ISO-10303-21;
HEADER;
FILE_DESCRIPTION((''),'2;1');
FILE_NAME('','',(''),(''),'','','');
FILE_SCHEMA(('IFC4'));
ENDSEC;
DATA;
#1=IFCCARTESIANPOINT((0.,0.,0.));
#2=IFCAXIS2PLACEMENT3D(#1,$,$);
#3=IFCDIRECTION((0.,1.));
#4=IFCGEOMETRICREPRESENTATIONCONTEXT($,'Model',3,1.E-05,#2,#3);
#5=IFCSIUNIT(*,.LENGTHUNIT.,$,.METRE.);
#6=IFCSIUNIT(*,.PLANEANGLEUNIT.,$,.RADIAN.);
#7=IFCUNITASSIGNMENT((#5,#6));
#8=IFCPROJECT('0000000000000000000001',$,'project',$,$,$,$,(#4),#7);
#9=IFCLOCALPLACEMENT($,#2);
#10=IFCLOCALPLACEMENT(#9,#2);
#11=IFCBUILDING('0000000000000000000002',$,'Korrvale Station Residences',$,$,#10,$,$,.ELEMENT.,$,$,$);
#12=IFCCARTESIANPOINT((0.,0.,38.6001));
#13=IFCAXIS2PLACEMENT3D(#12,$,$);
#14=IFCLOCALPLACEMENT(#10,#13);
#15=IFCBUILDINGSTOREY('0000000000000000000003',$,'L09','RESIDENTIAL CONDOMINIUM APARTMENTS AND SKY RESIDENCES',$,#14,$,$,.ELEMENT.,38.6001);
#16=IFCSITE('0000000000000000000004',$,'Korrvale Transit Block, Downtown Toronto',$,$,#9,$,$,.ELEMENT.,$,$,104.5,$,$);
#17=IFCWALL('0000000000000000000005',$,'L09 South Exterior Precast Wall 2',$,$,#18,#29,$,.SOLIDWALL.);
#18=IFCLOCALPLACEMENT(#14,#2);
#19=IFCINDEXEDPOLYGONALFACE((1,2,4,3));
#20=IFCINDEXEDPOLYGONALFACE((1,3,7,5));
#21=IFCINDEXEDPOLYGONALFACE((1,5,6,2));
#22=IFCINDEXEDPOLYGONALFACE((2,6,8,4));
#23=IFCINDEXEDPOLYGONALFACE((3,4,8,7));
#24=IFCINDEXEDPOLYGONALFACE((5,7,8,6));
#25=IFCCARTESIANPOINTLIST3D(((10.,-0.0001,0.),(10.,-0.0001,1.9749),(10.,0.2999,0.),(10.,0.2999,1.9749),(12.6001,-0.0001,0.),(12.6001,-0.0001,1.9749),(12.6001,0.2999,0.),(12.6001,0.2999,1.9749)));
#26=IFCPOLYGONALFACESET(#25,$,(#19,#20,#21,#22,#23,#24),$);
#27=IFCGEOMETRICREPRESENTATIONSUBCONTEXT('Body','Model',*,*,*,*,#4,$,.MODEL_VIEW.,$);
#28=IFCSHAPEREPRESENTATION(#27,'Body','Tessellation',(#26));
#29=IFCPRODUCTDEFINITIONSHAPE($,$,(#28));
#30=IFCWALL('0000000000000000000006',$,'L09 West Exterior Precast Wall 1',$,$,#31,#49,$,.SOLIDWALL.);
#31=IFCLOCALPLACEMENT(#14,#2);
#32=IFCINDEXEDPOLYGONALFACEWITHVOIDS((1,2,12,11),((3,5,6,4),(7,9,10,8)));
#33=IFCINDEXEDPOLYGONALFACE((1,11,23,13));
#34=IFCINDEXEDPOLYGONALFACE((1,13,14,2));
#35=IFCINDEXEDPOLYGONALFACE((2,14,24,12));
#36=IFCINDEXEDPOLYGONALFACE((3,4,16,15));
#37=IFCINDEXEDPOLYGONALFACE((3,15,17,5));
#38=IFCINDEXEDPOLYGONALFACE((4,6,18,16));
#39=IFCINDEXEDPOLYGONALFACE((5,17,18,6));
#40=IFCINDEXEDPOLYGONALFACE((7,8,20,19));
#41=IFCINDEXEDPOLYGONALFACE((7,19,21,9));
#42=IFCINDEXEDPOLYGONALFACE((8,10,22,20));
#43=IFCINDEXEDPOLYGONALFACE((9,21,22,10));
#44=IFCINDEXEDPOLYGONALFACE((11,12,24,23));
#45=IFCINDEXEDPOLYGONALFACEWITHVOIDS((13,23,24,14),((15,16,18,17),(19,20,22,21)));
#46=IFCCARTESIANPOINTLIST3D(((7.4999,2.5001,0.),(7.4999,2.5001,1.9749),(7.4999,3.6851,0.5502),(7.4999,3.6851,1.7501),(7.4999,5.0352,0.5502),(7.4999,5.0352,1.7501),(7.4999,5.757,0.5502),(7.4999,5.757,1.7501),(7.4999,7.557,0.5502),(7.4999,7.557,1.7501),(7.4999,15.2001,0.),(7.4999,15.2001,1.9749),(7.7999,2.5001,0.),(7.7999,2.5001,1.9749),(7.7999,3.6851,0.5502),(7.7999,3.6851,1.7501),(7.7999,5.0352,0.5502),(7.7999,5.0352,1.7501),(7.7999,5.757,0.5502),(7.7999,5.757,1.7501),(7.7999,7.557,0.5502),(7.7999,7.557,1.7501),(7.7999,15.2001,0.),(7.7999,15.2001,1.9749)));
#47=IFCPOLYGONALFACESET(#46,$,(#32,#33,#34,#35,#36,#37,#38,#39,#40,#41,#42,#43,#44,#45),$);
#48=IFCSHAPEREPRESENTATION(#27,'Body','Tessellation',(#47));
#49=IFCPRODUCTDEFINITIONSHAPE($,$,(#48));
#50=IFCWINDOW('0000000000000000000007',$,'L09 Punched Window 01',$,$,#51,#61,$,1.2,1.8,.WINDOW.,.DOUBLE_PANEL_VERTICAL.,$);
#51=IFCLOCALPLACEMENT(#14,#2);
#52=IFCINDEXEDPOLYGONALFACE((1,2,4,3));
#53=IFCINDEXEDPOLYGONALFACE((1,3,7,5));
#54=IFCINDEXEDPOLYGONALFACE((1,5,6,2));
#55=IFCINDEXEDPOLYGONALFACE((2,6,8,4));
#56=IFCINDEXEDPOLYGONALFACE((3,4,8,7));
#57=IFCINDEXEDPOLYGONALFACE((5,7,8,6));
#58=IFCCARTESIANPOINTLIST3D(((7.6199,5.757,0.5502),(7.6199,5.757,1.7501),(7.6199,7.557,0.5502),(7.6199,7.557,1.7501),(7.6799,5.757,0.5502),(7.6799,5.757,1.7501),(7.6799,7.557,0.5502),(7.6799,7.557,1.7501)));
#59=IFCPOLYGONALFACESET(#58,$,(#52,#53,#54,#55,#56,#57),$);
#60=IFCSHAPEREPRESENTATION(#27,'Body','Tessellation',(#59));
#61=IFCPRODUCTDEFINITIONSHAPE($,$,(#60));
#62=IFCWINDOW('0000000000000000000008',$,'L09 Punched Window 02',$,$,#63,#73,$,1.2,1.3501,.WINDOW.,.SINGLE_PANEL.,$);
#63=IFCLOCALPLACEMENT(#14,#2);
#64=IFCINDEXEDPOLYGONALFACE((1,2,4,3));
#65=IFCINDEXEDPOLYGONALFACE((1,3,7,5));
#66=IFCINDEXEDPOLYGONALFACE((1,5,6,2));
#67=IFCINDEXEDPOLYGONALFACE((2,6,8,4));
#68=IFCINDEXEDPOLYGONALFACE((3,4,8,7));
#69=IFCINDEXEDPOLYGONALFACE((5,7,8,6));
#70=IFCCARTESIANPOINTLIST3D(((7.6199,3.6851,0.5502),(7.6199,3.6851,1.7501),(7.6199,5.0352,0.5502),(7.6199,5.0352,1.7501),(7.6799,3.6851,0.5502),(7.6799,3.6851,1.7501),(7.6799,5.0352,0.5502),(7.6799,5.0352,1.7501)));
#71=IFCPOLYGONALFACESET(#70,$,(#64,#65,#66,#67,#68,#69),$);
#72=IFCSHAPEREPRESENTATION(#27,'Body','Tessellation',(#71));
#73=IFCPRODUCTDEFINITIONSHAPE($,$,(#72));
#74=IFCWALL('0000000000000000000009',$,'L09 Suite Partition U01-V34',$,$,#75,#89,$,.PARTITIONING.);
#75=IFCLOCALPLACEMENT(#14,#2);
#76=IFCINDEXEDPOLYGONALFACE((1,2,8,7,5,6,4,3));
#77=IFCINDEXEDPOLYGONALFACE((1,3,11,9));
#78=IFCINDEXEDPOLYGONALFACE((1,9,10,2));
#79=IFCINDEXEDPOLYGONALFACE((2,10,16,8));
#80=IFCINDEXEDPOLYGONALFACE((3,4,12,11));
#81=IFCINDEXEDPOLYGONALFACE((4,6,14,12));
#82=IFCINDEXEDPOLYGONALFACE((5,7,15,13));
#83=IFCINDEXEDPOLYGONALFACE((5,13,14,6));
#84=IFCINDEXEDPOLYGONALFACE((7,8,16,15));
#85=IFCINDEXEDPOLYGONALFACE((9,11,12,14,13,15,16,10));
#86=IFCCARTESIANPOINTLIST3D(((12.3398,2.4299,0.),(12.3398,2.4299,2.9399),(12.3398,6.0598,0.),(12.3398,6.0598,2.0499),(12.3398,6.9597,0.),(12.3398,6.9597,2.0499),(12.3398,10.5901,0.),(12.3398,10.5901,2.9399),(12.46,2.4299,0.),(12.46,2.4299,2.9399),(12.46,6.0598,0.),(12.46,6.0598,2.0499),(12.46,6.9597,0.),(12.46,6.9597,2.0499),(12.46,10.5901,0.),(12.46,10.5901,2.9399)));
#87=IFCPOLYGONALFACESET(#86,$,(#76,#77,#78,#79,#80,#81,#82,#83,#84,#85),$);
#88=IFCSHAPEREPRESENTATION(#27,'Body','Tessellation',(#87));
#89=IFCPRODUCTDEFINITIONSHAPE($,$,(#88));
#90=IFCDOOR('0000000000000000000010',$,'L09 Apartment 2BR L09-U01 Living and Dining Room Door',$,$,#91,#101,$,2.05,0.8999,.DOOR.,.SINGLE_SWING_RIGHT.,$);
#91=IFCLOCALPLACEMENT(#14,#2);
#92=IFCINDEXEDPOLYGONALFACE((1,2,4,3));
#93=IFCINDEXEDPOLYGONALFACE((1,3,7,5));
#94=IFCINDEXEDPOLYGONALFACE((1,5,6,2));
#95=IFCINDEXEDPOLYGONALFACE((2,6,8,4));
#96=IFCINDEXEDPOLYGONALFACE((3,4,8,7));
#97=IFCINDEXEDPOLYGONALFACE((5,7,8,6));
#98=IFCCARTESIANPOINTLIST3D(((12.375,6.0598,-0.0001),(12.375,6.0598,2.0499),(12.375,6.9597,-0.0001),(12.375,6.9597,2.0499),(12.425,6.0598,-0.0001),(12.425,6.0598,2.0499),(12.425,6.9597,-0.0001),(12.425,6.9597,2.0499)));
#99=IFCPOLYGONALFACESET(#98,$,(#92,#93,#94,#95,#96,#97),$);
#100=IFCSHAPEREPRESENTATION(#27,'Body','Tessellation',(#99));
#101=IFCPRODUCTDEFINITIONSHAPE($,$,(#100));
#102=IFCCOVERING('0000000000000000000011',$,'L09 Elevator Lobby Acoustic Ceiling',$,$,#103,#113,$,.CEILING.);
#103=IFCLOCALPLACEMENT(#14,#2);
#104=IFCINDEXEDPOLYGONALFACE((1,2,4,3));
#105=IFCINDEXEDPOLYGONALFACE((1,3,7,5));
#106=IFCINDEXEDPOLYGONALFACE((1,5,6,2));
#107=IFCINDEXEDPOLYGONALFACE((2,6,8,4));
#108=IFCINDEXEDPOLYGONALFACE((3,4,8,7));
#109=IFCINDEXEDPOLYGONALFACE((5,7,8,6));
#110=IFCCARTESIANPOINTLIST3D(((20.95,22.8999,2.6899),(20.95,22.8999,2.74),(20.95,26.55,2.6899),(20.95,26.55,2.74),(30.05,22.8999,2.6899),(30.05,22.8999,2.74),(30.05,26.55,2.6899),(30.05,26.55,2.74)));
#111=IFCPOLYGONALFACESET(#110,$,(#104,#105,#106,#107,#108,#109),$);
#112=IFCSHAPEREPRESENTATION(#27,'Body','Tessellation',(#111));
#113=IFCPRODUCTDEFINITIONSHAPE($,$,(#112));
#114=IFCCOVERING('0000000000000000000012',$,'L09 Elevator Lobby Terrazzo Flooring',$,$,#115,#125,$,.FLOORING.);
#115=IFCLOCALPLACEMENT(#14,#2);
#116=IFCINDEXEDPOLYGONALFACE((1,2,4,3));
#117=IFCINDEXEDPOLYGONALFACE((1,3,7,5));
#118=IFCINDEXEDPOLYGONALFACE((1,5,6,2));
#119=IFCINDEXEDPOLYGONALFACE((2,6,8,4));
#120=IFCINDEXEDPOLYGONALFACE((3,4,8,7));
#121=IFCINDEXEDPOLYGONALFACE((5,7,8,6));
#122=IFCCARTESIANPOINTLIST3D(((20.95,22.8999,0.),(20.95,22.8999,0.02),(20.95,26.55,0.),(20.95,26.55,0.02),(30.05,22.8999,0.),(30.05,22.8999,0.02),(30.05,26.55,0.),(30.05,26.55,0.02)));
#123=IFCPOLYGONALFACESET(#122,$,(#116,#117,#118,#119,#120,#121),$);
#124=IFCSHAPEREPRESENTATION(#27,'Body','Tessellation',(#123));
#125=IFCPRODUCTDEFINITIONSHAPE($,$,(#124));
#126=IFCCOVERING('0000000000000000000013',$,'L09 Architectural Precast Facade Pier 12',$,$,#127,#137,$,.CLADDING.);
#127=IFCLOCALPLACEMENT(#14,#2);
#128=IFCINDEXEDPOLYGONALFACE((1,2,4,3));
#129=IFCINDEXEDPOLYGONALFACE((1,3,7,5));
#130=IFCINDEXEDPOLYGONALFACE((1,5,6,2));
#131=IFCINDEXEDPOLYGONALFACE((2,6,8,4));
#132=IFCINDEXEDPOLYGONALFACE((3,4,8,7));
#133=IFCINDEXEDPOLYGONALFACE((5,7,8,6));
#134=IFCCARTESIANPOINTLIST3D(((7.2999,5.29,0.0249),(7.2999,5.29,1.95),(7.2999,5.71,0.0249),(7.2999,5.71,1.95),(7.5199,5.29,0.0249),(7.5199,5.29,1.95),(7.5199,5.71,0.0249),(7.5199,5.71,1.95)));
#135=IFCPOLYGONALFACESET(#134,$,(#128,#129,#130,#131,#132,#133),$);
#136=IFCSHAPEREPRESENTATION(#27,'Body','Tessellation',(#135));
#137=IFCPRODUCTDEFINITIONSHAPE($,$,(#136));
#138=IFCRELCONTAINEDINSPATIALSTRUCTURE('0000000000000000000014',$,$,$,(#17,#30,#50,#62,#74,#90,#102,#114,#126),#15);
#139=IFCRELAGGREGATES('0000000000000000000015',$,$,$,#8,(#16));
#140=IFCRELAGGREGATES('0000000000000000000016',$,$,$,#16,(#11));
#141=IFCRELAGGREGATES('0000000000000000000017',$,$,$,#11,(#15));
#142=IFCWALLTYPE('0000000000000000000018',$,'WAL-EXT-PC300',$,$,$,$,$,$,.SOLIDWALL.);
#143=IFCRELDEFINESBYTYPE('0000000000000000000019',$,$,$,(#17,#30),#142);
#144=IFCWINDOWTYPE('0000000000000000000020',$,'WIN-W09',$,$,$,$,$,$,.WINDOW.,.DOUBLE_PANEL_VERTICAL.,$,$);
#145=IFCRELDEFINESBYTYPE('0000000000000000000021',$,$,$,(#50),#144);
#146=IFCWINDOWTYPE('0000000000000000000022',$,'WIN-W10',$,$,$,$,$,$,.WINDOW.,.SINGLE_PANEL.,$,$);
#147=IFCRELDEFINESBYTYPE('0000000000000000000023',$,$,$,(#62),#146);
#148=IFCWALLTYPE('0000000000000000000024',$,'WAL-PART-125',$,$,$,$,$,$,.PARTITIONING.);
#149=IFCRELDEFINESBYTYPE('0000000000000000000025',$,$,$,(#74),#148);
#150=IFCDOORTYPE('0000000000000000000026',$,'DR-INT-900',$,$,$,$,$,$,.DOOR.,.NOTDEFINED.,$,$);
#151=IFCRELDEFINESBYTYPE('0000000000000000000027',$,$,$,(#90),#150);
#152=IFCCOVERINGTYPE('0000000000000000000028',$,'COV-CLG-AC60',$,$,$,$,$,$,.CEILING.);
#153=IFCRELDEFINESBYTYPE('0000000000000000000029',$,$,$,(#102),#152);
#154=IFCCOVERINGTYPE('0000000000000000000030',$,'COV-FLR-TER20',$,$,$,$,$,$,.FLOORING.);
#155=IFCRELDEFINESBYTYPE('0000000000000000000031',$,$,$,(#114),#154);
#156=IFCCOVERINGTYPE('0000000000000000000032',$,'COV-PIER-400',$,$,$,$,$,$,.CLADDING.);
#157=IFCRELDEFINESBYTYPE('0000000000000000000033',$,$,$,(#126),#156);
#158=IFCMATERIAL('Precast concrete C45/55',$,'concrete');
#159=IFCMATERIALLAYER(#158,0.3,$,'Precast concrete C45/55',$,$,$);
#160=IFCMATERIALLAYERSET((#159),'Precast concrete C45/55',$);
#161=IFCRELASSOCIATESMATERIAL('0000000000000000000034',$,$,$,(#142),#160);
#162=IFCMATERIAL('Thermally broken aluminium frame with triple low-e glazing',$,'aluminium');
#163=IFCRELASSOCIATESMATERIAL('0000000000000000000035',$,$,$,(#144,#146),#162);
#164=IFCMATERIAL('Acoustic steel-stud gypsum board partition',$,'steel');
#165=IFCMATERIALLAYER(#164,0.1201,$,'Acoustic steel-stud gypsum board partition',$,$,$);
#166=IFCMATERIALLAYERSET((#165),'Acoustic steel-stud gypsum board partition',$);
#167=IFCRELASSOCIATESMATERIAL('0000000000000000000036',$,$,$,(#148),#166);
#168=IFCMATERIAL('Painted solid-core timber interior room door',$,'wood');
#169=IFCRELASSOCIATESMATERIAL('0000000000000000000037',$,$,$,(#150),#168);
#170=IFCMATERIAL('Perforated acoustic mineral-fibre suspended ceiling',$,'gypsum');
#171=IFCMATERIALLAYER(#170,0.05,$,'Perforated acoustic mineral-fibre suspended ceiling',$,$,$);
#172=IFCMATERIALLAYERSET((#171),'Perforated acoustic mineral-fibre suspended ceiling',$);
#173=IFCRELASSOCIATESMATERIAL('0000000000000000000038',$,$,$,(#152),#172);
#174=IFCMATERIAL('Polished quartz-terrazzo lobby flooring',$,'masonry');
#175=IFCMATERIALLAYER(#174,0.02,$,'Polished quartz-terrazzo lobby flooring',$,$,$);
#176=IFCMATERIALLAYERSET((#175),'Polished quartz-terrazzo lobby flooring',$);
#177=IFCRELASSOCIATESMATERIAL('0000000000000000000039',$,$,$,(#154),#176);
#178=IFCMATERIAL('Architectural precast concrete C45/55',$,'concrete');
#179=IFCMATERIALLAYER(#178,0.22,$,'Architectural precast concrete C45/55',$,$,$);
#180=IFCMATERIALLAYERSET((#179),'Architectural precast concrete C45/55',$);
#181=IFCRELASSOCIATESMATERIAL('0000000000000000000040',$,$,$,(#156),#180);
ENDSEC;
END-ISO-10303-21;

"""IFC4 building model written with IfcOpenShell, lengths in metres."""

from ifc_helpers import new_model, si_unit, direction, frame, frame_2d, origin, origin_2d, place, context, subcontext, project, spatial, polyline, rectangle, outline, extrude, material, layer, layer_set, type_object, element, fill, save


model = new_model("IFC4")

# Units and contexts
model_context = context("Model", 3, precision=1e-05, world=origin(), true_north=direction((0.0, 1.0)))
body_context = subcontext(model_context, "Body", "Model", "MODEL_VIEW")
ifc_project = project(units=[si_unit("LENGTHUNIT", "METRE"), si_unit("PLANEANGLEUNIT", "RADIAN")], contexts=[model_context])

# Site, building, storey
site_placement = place(None, origin())
site = spatial("IfcSite", under=ifc_project, at=site_placement, Name="Korrvale Transit Block, Downtown Toronto", CompositionType="ELEMENT", RefElevation=104.5)
building_placement = place(site_placement, origin())
building = spatial("IfcBuilding", under=site, at=building_placement, Name="Korrvale Station Residences", CompositionType="ELEMENT")
storey_placement = place(building_placement, frame((0.0, 0.0, 38.6001)))
storey = spatial("IfcBuildingStorey", under=building, at=storey_placement, Name="L09", Description="RESIDENTIAL CONDOMINIUM APARTMENTS AND SKY RESIDENCES", CompositionType="ELEMENT", Elevation=38.6001)

# Wall
ifc_material_1 = material(Name="Precast concrete C45/55", Category="concrete")
ifc_layer_1 = layer(ifc_material_1, 0.3, Name="Precast concrete C45/55")
ifc_layer_set_1 = layer_set([ifc_layer_1], Name="Precast concrete C45/55")
wall_type_1 = type_object("IfcWallType", Name="WAL-EXT-PC300", PredefinedType="SOLIDWALL", material=ifc_layer_set_1)
wall_1_placement = place(storey_placement, frame((12.6001, 0.1499, 0.0), z_axis=(0.0, 0.0, 1.0), x_axis=(-1.0, 0.0, 0.0)))
element("IfcWall", 1, at=wall_1_placement, inside=storey, type_object=wall_type_1, Name="L09 South Exterior Precast Wall 2", PredefinedType="SOLIDWALL", context=body_context, shape_type="SweptSolid", body=[
    extrude(rectangle(XDim=2.6001, YDim=0.3, at=frame_2d((1.3, 0.0))), origin(), (0.0, 0.0, 1.0), 1.9749),
])

# Wall, openings, windows
wall_2_placement = place(storey_placement, frame((7.6499, 2.5, 0.0), z_axis=(0.0, 0.0, 1.0), x_axis=(0.0, 1.0, 0.0)))
wall_2 = element("IfcWall", 2, at=wall_2_placement, inside=storey, type_object=wall_type_1, Name="L09 West Exterior Precast Wall 1", PredefinedType="SOLIDWALL", context=body_context, shape_type="SweptSolid", body=[
    extrude(rectangle(XDim=12.7, YDim=0.3, at=frame_2d((6.3501, 0.0))), origin(), (0.0, 0.0, 1.0), 1.9749),
])
opening_1_placement = place(wall_2_placement, frame((3.2571, 0.0, 0.55)))
opening_1 = element("IfcOpeningElement", 3, at=opening_1_placement, cuts=wall_2, PredefinedType="OPENING", context=body_context, shape_type="SweptSolid", body=[
    extrude(rectangle(XDim=1.8, YDim=1.2, at=frame_2d((0.8999, 0.6001))), frame((0.0, 0.1602, 0.0), z_axis=(0.0, -1.0, 0.0), x_axis=(1.0, 0.0, 0.0)), (0.0, 0.0, 1.0), 0.3201),
])
opening_2_placement = place(wall_2_placement, frame((1.1851, 0.0, 0.55)))
opening_2 = element("IfcOpeningElement", 4, at=opening_2_placement, cuts=wall_2, PredefinedType="OPENING", context=body_context, shape_type="SweptSolid", body=[
    extrude(rectangle(XDim=1.3501, YDim=1.2, at=frame_2d((0.675, 0.6001))), frame((0.0, 0.1602, 0.0), z_axis=(0.0, -1.0, 0.0), x_axis=(1.0, 0.0, 0.0)), (0.0, 0.0, 1.0), 0.3201),
])
ifc_material_2 = material(Name="Thermally broken aluminium frame with triple low-e glazing", Category="aluminium")
window_type_1 = type_object("IfcWindowType", Name="WIN-W09", PartitioningType="DOUBLE_PANEL_VERTICAL", PredefinedType="WINDOW", material=ifc_material_2)
window_1_placement = place(opening_1_placement, origin())
window_1 = element("IfcWindow", 5, at=window_1_placement, inside=storey, type_object=window_type_1, Name="L09 Punched Window 01", OverallHeight=1.2, OverallWidth=1.8, PartitioningType="DOUBLE_PANEL_VERTICAL", PredefinedType="WINDOW", context=body_context, shape_type="SweptSolid", body=[
    extrude(rectangle(XDim=1.8, YDim=1.2, at=frame_2d((0.8999, 0.6001))), frame((0.0, 0.03, 0.0), z_axis=(0.0, -1.0, 0.0), x_axis=(1.0, 0.0, 0.0)), (0.0, 0.0, 1.0), 0.0601),
])
fill(opening_1, window_1)
window_type_2 = type_object("IfcWindowType", Name="WIN-W10", PartitioningType="SINGLE_PANEL", PredefinedType="WINDOW", material=ifc_material_2)
window_2_placement = place(opening_2_placement, origin())
window_2 = element("IfcWindow", 6, at=window_2_placement, inside=storey, type_object=window_type_2, Name="L09 Punched Window 02", OverallHeight=1.2, OverallWidth=1.3501, PartitioningType="SINGLE_PANEL", PredefinedType="WINDOW", context=body_context, shape_type="SweptSolid", body=[
    extrude(rectangle(XDim=1.3501, YDim=1.2, at=frame_2d((0.675, 0.6001))), frame((0.0, 0.03, 0.0), z_axis=(0.0, -1.0, 0.0), x_axis=(1.0, 0.0, 0.0)), (0.0, 0.0, 1.0), 0.0601),
])
fill(opening_2, window_2)

# Wall, opening, door
ifc_material_3 = material(Name="Acoustic steel-stud gypsum board partition", Category="steel")
ifc_layer_2 = layer(ifc_material_3, 0.1201, Name="Acoustic steel-stud gypsum board partition")
ifc_layer_set_2 = layer_set([ifc_layer_2], Name="Acoustic steel-stud gypsum board partition")
wall_type_2 = type_object("IfcWallType", Name="WAL-PART-125", PredefinedType="PARTITIONING", material=ifc_layer_set_2)
wall_3_placement = place(storey_placement, frame((12.3999, 2.4299, 0.0), z_axis=(0.0, 0.0, 1.0), x_axis=(0.0, 1.0, 0.0)))
wall_3 = element("IfcWall", 7, at=wall_3_placement, inside=storey, type_object=wall_type_2, Name="L09 Suite Partition U01-V34", PredefinedType="PARTITIONING", context=body_context, shape_type="SweptSolid", body=[
    extrude(rectangle(XDim=8.1602, YDim=0.1201, at=frame_2d((4.0801, 0.0))), origin(), (0.0, 0.0, 1.0), 2.9399),
])
opening_3_placement = place(wall_3_placement, frame((3.6299, 0.0, 0.0)))
opening_3 = element("IfcOpeningElement", 8, at=opening_3_placement, cuts=wall_3, PredefinedType="OPENING", context=body_context, shape_type="SweptSolid", body=[
    extrude(rectangle(XDim=0.8999, YDim=2.05, at=frame_2d((0.45, 1.0249))), frame((0.0, 0.0701, 0.0), z_axis=(0.0, -1.0, 0.0), x_axis=(1.0, 0.0, 0.0)), (0.0, 0.0, 1.0), 0.1401),
])
ifc_material_4 = material(Name="Painted solid-core timber interior room door", Category="wood")
door_type = type_object("IfcDoorType", Name="DR-INT-900", OperationType="NOTDEFINED", PredefinedType="DOOR", material=ifc_material_4)
door_placement = place(opening_3_placement, origin())
door = element("IfcDoor", 9, at=door_placement, inside=storey, type_object=door_type, Name="L09 Apartment 2BR L09-U01 Living and Dining Room Door", OperationType="SINGLE_SWING_RIGHT", OverallHeight=2.05, OverallWidth=0.8999, PredefinedType="DOOR", context=body_context, shape_type="SweptSolid", body=[
    extrude(rectangle(XDim=0.8999, YDim=2.05, at=frame_2d((0.45, 1.0249))), frame((0.0, 0.0249, 0.0), z_axis=(0.0, -1.0, 0.0), x_axis=(1.0, 0.0, 0.0)), (0.0, 0.0, 1.0), 0.05),
])
fill(opening_3, door)

# Coverings
ifc_material_5 = material(Name="Perforated acoustic mineral-fibre suspended ceiling", Category="gypsum")
ifc_layer_3 = layer(ifc_material_5, 0.05, Name="Perforated acoustic mineral-fibre suspended ceiling")
ifc_layer_set_3 = layer_set([ifc_layer_3], Name="Perforated acoustic mineral-fibre suspended ceiling")
covering_type_1 = type_object("IfcCoveringType", Name="COV-CLG-AC60", PredefinedType="CEILING", material=ifc_layer_set_3)
covering_1_placement = place(storey_placement, frame((0.0, 0.0, 2.6899)))
element("IfcCovering", 10, at=covering_1_placement, inside=storey, type_object=covering_type_1, Name="L09 Elevator Lobby Acoustic Ceiling", PredefinedType="CEILING", context=body_context, shape_type="SweptSolid", body=[
    extrude(outline(polyline([(20.95, 22.8999), (30.05, 22.8999), (30.05, 26.55), (20.95, 26.55), (20.95, 22.8999)])), origin(), (0.0, 0.0, 1.0), 0.05),
])
ifc_material_6 = material(Name="Polished quartz-terrazzo lobby flooring", Category="masonry")
ifc_layer_4 = layer(ifc_material_6, 0.02, Name="Polished quartz-terrazzo lobby flooring")
ifc_layer_set_4 = layer_set([ifc_layer_4], Name="Polished quartz-terrazzo lobby flooring")
covering_type_2 = type_object("IfcCoveringType", Name="COV-FLR-TER20", PredefinedType="FLOORING", material=ifc_layer_set_4)
covering_2_placement = place(storey_placement, origin())
element("IfcCovering", 11, at=covering_2_placement, inside=storey, type_object=covering_type_2, Name="L09 Elevator Lobby Terrazzo Flooring", PredefinedType="FLOORING", context=body_context, shape_type="SweptSolid", body=[
    extrude(outline(polyline([(20.95, 22.8999), (30.05, 22.8999), (30.05, 26.55), (20.95, 26.55), (20.95, 22.8999)])), origin(), (0.0, 0.0, 1.0), 0.02),
])
ifc_material_7 = material(Name="Architectural precast concrete C45/55", Category="concrete")
ifc_layer_5 = layer(ifc_material_7, 0.22, Name="Architectural precast concrete C45/55")
ifc_layer_set_5 = layer_set([ifc_layer_5], Name="Architectural precast concrete C45/55")
covering_type_3 = type_object("IfcCoveringType", Name="COV-PIER-400", PredefinedType="CLADDING", material=ifc_layer_set_5)
covering_3_placement = place(storey_placement, frame((7.4099, 5.5, 0.0249), z_axis=(0.0, 0.0, 1.0), x_axis=(0.0, 1.0, 0.0)))
element("IfcCovering", 12, at=covering_3_placement, inside=storey, type_object=covering_type_3, Name="L09 Architectural Precast Facade Pier 12", PredefinedType="CLADDING", context=body_context, shape_type="SweptSolid", body=[
    extrude(rectangle(XDim=0.4199, YDim=0.22, at=origin_2d()), origin(), (0.0, 0.0, 1.0), 1.925),
])

save(model, "model.ifc")
